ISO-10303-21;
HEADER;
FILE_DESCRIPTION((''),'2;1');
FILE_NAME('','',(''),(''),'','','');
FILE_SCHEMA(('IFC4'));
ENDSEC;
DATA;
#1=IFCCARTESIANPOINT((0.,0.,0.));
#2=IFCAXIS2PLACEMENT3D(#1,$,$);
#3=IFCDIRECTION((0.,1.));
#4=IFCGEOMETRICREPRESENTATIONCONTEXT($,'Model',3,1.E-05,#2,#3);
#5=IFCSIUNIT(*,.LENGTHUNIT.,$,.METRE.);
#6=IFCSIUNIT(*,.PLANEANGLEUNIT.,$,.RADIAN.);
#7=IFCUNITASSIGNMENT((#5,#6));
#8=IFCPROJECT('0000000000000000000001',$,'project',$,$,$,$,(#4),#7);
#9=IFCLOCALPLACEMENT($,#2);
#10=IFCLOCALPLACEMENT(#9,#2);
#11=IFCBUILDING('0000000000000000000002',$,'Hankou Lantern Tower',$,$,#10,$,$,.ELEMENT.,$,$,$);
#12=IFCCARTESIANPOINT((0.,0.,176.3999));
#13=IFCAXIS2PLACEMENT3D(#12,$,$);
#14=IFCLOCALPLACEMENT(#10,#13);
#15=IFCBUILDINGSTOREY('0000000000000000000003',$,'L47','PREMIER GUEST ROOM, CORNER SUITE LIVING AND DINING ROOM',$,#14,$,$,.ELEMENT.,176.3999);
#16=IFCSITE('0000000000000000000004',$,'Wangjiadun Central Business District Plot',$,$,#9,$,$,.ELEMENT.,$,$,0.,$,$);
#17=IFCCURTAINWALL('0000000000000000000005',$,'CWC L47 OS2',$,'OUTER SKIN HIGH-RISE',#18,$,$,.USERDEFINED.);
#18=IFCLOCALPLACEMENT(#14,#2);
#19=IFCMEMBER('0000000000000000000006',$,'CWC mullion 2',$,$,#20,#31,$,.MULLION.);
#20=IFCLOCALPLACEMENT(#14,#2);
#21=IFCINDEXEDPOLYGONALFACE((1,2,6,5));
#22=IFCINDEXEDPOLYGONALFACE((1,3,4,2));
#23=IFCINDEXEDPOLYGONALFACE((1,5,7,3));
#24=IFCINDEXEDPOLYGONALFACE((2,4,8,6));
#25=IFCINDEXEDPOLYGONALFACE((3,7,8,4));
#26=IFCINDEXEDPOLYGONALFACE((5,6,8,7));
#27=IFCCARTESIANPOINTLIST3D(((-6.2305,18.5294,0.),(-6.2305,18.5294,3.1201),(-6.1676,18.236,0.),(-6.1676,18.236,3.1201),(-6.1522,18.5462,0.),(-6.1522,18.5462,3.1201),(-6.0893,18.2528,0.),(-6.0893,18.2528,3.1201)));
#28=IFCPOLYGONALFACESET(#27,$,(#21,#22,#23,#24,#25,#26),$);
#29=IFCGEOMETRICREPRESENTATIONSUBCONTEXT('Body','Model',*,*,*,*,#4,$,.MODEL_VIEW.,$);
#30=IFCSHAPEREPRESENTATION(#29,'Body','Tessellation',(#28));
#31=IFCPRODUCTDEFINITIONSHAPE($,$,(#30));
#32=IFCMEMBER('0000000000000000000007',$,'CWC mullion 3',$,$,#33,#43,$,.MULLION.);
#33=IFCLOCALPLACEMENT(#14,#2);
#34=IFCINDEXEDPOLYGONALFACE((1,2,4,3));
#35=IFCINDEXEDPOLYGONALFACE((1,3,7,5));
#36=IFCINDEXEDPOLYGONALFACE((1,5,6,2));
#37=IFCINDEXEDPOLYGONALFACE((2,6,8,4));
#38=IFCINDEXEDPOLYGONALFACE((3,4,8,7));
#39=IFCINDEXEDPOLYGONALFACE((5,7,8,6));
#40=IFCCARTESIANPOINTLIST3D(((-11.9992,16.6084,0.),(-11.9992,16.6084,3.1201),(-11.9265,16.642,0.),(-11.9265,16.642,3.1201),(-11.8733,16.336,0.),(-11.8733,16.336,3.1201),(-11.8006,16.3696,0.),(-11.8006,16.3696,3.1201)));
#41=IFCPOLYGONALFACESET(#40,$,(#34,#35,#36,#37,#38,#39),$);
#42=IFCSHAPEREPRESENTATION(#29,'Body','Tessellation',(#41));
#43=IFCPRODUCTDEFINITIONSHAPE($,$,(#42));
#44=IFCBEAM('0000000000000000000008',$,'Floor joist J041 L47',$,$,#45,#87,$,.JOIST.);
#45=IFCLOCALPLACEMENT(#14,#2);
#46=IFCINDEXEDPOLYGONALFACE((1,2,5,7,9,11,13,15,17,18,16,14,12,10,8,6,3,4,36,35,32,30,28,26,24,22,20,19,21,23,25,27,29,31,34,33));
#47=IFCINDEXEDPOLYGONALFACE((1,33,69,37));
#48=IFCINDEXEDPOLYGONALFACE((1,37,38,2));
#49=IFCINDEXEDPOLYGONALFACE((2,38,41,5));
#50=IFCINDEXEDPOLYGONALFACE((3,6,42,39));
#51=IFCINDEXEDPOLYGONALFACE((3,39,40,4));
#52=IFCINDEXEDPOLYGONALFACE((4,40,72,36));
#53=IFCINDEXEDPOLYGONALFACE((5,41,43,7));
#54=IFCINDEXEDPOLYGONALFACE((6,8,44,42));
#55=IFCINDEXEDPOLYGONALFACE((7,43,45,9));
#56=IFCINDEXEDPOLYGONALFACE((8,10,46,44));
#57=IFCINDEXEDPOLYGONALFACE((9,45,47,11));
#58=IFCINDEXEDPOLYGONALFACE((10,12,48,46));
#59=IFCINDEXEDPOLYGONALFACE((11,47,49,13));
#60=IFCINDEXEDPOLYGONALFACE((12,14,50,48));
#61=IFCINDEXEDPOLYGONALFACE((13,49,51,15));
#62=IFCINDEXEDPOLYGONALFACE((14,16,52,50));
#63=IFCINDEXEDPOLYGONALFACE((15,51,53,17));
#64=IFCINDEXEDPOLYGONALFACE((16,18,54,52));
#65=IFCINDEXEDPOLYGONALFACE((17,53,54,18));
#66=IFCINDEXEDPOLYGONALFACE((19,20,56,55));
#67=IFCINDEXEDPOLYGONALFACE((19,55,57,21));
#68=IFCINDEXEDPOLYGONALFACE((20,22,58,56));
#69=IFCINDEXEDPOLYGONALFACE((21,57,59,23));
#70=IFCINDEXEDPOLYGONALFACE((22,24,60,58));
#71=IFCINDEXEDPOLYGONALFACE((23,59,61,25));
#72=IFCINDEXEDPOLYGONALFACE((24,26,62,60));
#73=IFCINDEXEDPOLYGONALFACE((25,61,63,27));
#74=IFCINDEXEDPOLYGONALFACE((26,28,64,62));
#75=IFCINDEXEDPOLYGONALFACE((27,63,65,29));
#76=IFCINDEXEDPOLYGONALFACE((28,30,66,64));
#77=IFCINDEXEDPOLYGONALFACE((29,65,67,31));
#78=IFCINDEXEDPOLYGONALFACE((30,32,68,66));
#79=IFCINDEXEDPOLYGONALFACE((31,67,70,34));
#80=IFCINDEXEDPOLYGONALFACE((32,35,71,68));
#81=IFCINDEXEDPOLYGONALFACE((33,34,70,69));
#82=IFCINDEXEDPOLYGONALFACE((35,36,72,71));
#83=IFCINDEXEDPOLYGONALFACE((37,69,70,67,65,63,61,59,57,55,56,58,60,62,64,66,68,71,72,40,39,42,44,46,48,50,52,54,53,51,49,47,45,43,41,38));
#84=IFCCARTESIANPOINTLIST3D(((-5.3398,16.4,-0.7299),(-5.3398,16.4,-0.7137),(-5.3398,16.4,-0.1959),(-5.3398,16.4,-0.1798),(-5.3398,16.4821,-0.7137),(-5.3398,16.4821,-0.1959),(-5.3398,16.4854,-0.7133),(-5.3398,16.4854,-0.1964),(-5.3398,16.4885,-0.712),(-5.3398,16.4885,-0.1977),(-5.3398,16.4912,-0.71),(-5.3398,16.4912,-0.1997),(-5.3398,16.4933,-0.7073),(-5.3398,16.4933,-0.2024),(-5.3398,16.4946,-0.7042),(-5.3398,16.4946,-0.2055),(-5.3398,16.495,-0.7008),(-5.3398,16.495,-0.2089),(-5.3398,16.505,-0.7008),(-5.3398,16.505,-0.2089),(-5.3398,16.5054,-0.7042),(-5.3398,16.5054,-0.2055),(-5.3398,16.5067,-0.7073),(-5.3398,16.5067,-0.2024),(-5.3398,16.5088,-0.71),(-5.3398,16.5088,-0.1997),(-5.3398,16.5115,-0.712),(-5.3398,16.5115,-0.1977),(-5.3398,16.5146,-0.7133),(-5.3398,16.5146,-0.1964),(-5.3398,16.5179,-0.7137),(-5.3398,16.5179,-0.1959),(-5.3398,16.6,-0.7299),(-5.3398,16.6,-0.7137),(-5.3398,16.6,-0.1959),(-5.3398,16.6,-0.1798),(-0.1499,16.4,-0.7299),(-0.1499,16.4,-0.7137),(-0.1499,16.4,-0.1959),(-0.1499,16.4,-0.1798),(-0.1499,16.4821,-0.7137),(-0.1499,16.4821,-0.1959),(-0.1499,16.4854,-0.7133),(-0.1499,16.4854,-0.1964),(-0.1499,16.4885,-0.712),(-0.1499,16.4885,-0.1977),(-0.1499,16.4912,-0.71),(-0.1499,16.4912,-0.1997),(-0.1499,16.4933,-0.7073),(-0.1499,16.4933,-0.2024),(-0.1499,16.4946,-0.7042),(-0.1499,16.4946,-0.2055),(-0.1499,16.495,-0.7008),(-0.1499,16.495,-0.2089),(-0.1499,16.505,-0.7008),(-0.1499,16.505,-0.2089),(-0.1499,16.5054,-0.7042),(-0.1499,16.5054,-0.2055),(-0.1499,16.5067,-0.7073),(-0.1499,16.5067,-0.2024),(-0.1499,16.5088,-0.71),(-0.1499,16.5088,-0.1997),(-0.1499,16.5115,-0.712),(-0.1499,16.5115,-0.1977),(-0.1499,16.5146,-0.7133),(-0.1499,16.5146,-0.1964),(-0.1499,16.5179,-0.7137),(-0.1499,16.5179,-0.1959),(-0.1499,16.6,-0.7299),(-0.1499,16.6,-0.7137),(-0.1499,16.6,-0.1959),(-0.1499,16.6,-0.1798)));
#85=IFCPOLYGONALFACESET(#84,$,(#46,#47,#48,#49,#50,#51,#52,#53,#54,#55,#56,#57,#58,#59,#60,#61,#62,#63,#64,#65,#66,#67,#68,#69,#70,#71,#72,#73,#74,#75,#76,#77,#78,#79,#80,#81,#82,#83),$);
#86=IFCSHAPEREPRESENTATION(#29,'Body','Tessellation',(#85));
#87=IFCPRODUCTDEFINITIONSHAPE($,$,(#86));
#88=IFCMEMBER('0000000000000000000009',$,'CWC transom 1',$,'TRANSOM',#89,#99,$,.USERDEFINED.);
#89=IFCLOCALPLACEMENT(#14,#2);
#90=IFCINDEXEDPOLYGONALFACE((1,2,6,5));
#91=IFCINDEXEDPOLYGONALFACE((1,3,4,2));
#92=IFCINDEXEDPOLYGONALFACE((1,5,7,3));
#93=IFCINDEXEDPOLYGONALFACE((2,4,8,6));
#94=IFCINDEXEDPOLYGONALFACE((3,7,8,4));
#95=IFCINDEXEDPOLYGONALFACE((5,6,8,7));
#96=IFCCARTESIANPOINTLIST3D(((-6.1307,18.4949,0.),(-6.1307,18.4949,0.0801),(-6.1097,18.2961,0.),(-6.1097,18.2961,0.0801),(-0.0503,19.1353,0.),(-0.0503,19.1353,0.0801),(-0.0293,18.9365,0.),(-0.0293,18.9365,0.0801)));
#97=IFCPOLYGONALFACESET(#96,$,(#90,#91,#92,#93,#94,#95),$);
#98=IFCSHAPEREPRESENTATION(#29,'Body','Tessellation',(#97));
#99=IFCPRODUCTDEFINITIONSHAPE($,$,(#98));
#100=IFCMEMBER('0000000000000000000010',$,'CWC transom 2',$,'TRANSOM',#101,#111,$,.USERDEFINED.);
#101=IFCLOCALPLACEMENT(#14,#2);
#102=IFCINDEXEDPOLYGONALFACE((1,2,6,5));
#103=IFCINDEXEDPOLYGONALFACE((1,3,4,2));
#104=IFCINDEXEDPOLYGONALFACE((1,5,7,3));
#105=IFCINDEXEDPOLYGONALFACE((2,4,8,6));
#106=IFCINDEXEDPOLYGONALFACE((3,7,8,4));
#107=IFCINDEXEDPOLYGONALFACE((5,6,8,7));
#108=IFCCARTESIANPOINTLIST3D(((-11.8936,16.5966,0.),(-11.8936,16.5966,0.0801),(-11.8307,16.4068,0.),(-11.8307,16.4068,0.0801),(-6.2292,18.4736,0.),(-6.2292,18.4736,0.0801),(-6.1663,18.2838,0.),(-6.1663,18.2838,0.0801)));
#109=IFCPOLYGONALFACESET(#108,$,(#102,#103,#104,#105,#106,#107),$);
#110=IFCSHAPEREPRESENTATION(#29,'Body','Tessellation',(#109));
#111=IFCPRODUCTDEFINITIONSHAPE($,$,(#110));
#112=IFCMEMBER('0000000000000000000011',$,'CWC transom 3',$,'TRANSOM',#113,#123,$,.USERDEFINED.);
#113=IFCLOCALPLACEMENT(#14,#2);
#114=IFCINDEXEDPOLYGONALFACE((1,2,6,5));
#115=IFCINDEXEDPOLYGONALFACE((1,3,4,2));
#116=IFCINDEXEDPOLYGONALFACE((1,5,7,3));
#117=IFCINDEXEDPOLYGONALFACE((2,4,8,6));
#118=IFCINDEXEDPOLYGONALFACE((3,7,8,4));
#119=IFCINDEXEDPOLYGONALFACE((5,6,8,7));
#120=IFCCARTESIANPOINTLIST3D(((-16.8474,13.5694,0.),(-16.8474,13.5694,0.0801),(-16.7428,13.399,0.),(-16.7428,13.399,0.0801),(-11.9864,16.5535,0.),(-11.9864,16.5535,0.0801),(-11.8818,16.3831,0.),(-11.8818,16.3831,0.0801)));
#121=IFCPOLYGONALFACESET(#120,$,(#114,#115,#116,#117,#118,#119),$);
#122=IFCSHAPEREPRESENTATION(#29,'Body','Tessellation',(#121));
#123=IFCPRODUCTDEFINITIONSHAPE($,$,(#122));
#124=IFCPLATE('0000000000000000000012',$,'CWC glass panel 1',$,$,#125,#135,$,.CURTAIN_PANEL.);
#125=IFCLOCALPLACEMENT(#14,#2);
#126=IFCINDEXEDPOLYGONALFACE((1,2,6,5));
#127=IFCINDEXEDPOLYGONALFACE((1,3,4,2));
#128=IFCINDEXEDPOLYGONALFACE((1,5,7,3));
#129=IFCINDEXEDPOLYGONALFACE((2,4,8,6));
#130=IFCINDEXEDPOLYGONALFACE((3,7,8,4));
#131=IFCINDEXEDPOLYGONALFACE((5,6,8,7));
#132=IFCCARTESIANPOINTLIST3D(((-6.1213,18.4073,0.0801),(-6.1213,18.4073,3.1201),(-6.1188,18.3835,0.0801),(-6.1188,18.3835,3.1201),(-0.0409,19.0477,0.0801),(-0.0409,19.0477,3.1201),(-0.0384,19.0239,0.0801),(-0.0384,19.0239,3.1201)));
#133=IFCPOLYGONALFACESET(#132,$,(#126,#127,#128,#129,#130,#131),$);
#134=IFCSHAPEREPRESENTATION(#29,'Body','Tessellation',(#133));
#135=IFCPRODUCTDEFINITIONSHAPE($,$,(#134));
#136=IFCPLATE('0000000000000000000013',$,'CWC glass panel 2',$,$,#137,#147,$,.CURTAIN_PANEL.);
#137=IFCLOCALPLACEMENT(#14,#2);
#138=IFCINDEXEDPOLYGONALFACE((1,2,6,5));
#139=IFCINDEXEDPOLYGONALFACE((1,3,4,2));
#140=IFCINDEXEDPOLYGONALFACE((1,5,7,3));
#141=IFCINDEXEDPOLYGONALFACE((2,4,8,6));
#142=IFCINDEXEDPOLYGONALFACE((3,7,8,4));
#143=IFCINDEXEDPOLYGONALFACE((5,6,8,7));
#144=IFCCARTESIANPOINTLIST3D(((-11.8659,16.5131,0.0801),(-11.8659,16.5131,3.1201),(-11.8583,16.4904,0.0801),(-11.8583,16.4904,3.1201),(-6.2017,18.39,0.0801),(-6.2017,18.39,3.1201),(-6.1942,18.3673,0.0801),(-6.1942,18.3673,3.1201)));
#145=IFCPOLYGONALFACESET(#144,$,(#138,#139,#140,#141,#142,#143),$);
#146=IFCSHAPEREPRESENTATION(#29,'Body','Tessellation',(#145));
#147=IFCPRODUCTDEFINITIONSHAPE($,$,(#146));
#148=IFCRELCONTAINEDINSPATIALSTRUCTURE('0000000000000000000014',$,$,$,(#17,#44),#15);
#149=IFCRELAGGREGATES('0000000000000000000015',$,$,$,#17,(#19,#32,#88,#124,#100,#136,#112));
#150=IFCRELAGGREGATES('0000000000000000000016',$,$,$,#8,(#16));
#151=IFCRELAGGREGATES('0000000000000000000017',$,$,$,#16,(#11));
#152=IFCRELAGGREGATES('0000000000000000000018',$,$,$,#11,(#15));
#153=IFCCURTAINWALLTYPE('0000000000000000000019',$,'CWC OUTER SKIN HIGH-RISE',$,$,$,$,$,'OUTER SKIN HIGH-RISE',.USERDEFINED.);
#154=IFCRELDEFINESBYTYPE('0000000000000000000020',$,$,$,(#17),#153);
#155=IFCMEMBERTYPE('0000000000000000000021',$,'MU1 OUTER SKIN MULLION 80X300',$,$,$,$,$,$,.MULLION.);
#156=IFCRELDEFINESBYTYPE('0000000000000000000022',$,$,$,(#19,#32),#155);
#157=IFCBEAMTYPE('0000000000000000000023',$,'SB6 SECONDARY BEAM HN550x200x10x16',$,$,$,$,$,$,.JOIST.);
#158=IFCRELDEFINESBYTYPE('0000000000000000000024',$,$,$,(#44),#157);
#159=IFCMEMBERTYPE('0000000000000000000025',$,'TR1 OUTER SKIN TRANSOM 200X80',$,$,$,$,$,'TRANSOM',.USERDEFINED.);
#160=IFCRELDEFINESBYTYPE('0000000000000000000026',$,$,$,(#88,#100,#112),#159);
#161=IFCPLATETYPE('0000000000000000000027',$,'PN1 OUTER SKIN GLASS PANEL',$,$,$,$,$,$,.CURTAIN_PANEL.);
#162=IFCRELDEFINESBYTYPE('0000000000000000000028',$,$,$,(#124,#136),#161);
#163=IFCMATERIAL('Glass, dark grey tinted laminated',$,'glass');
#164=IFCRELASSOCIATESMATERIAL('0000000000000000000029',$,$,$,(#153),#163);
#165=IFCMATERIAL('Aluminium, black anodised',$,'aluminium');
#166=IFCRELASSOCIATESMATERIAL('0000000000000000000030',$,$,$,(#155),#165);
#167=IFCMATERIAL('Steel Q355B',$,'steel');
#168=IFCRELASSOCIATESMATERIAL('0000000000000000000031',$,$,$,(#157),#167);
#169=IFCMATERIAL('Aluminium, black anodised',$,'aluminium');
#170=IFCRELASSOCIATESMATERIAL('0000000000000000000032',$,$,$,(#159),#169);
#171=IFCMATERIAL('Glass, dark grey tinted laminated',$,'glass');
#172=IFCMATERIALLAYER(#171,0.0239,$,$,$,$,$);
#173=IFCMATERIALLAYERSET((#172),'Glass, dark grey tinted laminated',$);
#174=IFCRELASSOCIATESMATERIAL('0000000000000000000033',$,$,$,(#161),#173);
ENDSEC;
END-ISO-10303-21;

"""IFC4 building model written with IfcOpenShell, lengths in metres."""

from ifc_helpers import new_model, si_unit, direction, frame, origin, origin_2d, place, context, subcontext, project, spatial, rectangle, i_section, extrude, material, layer, layer_set, material_profile, profile_set, type_object, element, aggregate, save


model = new_model("IFC4")

# Units and contexts
model_context = context("Model", 3, precision=1e-05, world=origin(), true_north=direction((0.0, 1.0)))
body_context = subcontext(model_context, "Body", "Model", "MODEL_VIEW")
ifc_project = project(units=[si_unit("LENGTHUNIT", "METRE"), si_unit("PLANEANGLEUNIT", "RADIAN")], contexts=[model_context])

# Site, building, storey
site_placement = place(None, origin())
site = spatial("IfcSite", under=ifc_project, at=site_placement, Name="Wangjiadun Central Business District Plot", CompositionType="ELEMENT", RefElevation=0.0)
building_placement = place(site_placement, origin())
building = spatial("IfcBuilding", under=site, at=building_placement, Name="Hankou Lantern Tower", CompositionType="ELEMENT")
storey_placement = place(building_placement, frame((0.0, 0.0, 176.3999)))
storey = spatial("IfcBuildingStorey", under=building, at=storey_placement, Name="L47", Description="PREMIER GUEST ROOM, CORNER SUITE LIVING AND DINING ROOM", CompositionType="ELEMENT", Elevation=176.3999)

# Curtain wall, members
ifc_material_1 = material(Name="Glass, dark grey tinted laminated", Category="glass")
curtain_wall_type = type_object("IfcCurtainWallType", Name="CWC OUTER SKIN HIGH-RISE", ElementType="OUTER SKIN HIGH-RISE", PredefinedType="USERDEFINED", material=ifc_material_1)
curtain_wall_placement = place(storey_placement, origin())
curtain_wall = element("IfcCurtainWall", 1, at=curtain_wall_placement, inside=storey, type_object=curtain_wall_type, Name="CWC L47 OS2", ObjectType="OUTER SKIN HIGH-RISE", PredefinedType="USERDEFINED")
ifc_material_2 = material(Name="Aluminium, black anodised", Category="aluminium")
ifc_material_profile_1 = material_profile(ifc_material_2, rectangle(XDim=0.0801, YDim=0.3, at=origin_2d()), Name="MU1 80X300")
ifc_profile_set_1 = profile_set([ifc_material_profile_1], Name="Aluminium, black anodised")
member_type_1 = type_object("IfcMemberType", Name="MU1 OUTER SKIN MULLION 80X300", PredefinedType="MULLION", material=ifc_profile_set_1)
member_1_placement = place(storey_placement, frame((-6.1599, 18.3911, 0.0), z_axis=(0.0, 0.0, 1.0), x_axis=(-0.977788, -0.209598, 0.0)))
member_1 = element("IfcMember", 2, at=member_1_placement, type_object=member_type_1, Name="CWC mullion 2", PredefinedType="MULLION", context=body_context, shape_type="SweptSolid", body=[
    extrude(rectangle(XDim=0.0801, YDim=0.3, at=origin_2d()), origin(), (0.0, 0.0, 1.0), 3.1201),
])
member_2_placement = place(storey_placement, frame((-11.8999, 16.489, 0.0), z_axis=(0.0, 0.0, 1.0), x_axis=(-0.907841, -0.419314, 0.0)))
member_2 = element("IfcMember", 3, at=member_2_placement, type_object=member_type_1, Name="CWC mullion 3", PredefinedType="MULLION", context=body_context, shape_type="SweptSolid", body=[
    extrude(rectangle(XDim=0.0801, YDim=0.3, at=origin_2d()), origin(), (0.0, 0.0, 1.0), 3.1201),
])

# Beam
ifc_material_3 = material(Name="Steel Q355B", Category="steel")
ifc_material_profile_2 = material_profile(ifc_material_3, i_section(OverallWidth=0.2, OverallDepth=0.55, WebThickness=0.01, FlangeThickness=0.0161, FilletRadius=0.0129, at=origin_2d()), Name="HN550x200x10x16")
ifc_profile_set_2 = profile_set([ifc_material_profile_2], Name="Steel Q355B")
beam_type_1 = type_object("IfcBeamType", Name="SB6 SECONDARY BEAM HN550x200x10x16", PredefinedType="JOIST", material=ifc_profile_set_2)
beam_1_placement = place(storey_placement, frame((-5.3398, 16.5, -0.4548), z_axis=(1.0, 0.0, 0.0), x_axis=(0.0, 1.0, 0.0)))
element("IfcBeam", 4, at=beam_1_placement, inside=storey, type_object=beam_type_1, Name="Floor joist J041 L47", PredefinedType="JOIST", context=body_context, shape_type="SweptSolid", body=[
    extrude(i_section(OverallWidth=0.2, OverallDepth=0.55, WebThickness=0.01, FlangeThickness=0.0161, FilletRadius=0.0129, at=origin_2d()), origin(), (0.0, 0.0, 1.0), 5.1899),
])

# Members
ifc_material_4 = material(Name="Aluminium, black anodised", Category="aluminium")
ifc_material_profile_3 = material_profile(ifc_material_4, rectangle(XDim=0.2, YDim=0.0801, at=origin_2d()), Name="TR1 200X80")
ifc_profile_set_3 = profile_set([ifc_material_profile_3], Name="Aluminium, black anodised")
member_type_2 = type_object("IfcMemberType", Name="TR1 OUTER SKIN TRANSOM 200X80", ElementType="TRANSOM", PredefinedType="USERDEFINED", material=ifc_profile_set_3)
member_3_placement = place(storey_placement, frame((-0.0398, 19.0359, 0.04), z_axis=(-0.9945, -0.104741, 0.0), x_axis=(0.104741, -0.9945, 0.0)))
member_3 = element("IfcMember", 5, at=member_3_placement, type_object=member_type_2, Name="CWC transom 1", ObjectType="TRANSOM", PredefinedType="USERDEFINED", context=body_context, shape_type="SweptSolid", body=[
    extrude(rectangle(XDim=0.2, YDim=0.0801, at=origin_2d()), origin(), (0.0, 0.0, 1.0), 6.114),
])
member_4_placement = place(storey_placement, frame((-6.1978, 18.3787, 0.04), z_axis=(-0.949242, -0.314546, 0.0), x_axis=(0.314546, -0.949242, 0.0)))
member_4 = element("IfcMember", 6, at=member_4_placement, type_object=member_type_2, Name="CWC transom 2", ObjectType="TRANSOM", PredefinedType="USERDEFINED", context=body_context, shape_type="SweptSolid", body=[
    extrude(rectangle(XDim=0.2, YDim=0.0801, at=origin_2d()), origin(), (0.0, 0.0, 1.0), 5.9673),
])
member_5_placement = place(storey_placement, frame((-11.9341, 16.4683, 0.04), z_axis=(-0.852229, -0.523168, 0.0), x_axis=(0.523168, -0.852229, 0.0)))
member_5 = element("IfcMember", 7, at=member_5_placement, type_object=member_type_2, Name="CWC transom 3", ObjectType="TRANSOM", PredefinedType="USERDEFINED", context=body_context, shape_type="SweptSolid", body=[
    extrude(rectangle(XDim=0.2, YDim=0.0801, at=origin_2d()), origin(), (0.0, 0.0, 1.0), 5.7039),
])

# Plates
ifc_material_5 = material(Name="Glass, dark grey tinted laminated", Category="glass")
ifc_layer_1 = layer(ifc_material_5, 0.0239)
ifc_layer_set_1 = layer_set([ifc_layer_1], Name="Glass, dark grey tinted laminated")
plate_type = type_object("IfcPlateType", Name="PN1 OUTER SKIN GLASS PANEL", PredefinedType="CURTAIN_PANEL", material=ifc_layer_set_1)
plate_1_placement = place(storey_placement, frame((-3.0798, 18.7156, 0.0801), z_axis=(0.0, 0.0, 1.0), x_axis=(-0.994499, -0.104743, 0.0)))
plate_1 = element("IfcPlate", 8, at=plate_1_placement, type_object=plate_type, Name="CWC glass panel 1", PredefinedType="CURTAIN_PANEL", context=body_context, shape_type="SweptSolid", body=[
    extrude(rectangle(XDim=6.114, YDim=0.0239, at=origin_2d()), origin(), (0.0, 0.0, 1.0), 3.04),
])
plate_2_placement = place(storey_placement, frame((-9.03, 17.4402, 0.0801), z_axis=(0.0, 0.0, 1.0), x_axis=(-0.949241, -0.314551, 0.0)))
plate_2 = element("IfcPlate", 9, at=plate_2_placement, type_object=plate_type, Name="CWC glass panel 2", PredefinedType="CURTAIN_PANEL", context=body_context, shape_type="SweptSolid", body=[
    extrude(rectangle(XDim=5.967, YDim=0.0239, at=origin_2d()), origin(), (0.0, 0.0, 1.0), 3.04),
])
aggregate(curtain_wall, [member_1, member_2, member_3, plate_1, member_4, plate_2, member_5])

save(model, "model.ifc")
